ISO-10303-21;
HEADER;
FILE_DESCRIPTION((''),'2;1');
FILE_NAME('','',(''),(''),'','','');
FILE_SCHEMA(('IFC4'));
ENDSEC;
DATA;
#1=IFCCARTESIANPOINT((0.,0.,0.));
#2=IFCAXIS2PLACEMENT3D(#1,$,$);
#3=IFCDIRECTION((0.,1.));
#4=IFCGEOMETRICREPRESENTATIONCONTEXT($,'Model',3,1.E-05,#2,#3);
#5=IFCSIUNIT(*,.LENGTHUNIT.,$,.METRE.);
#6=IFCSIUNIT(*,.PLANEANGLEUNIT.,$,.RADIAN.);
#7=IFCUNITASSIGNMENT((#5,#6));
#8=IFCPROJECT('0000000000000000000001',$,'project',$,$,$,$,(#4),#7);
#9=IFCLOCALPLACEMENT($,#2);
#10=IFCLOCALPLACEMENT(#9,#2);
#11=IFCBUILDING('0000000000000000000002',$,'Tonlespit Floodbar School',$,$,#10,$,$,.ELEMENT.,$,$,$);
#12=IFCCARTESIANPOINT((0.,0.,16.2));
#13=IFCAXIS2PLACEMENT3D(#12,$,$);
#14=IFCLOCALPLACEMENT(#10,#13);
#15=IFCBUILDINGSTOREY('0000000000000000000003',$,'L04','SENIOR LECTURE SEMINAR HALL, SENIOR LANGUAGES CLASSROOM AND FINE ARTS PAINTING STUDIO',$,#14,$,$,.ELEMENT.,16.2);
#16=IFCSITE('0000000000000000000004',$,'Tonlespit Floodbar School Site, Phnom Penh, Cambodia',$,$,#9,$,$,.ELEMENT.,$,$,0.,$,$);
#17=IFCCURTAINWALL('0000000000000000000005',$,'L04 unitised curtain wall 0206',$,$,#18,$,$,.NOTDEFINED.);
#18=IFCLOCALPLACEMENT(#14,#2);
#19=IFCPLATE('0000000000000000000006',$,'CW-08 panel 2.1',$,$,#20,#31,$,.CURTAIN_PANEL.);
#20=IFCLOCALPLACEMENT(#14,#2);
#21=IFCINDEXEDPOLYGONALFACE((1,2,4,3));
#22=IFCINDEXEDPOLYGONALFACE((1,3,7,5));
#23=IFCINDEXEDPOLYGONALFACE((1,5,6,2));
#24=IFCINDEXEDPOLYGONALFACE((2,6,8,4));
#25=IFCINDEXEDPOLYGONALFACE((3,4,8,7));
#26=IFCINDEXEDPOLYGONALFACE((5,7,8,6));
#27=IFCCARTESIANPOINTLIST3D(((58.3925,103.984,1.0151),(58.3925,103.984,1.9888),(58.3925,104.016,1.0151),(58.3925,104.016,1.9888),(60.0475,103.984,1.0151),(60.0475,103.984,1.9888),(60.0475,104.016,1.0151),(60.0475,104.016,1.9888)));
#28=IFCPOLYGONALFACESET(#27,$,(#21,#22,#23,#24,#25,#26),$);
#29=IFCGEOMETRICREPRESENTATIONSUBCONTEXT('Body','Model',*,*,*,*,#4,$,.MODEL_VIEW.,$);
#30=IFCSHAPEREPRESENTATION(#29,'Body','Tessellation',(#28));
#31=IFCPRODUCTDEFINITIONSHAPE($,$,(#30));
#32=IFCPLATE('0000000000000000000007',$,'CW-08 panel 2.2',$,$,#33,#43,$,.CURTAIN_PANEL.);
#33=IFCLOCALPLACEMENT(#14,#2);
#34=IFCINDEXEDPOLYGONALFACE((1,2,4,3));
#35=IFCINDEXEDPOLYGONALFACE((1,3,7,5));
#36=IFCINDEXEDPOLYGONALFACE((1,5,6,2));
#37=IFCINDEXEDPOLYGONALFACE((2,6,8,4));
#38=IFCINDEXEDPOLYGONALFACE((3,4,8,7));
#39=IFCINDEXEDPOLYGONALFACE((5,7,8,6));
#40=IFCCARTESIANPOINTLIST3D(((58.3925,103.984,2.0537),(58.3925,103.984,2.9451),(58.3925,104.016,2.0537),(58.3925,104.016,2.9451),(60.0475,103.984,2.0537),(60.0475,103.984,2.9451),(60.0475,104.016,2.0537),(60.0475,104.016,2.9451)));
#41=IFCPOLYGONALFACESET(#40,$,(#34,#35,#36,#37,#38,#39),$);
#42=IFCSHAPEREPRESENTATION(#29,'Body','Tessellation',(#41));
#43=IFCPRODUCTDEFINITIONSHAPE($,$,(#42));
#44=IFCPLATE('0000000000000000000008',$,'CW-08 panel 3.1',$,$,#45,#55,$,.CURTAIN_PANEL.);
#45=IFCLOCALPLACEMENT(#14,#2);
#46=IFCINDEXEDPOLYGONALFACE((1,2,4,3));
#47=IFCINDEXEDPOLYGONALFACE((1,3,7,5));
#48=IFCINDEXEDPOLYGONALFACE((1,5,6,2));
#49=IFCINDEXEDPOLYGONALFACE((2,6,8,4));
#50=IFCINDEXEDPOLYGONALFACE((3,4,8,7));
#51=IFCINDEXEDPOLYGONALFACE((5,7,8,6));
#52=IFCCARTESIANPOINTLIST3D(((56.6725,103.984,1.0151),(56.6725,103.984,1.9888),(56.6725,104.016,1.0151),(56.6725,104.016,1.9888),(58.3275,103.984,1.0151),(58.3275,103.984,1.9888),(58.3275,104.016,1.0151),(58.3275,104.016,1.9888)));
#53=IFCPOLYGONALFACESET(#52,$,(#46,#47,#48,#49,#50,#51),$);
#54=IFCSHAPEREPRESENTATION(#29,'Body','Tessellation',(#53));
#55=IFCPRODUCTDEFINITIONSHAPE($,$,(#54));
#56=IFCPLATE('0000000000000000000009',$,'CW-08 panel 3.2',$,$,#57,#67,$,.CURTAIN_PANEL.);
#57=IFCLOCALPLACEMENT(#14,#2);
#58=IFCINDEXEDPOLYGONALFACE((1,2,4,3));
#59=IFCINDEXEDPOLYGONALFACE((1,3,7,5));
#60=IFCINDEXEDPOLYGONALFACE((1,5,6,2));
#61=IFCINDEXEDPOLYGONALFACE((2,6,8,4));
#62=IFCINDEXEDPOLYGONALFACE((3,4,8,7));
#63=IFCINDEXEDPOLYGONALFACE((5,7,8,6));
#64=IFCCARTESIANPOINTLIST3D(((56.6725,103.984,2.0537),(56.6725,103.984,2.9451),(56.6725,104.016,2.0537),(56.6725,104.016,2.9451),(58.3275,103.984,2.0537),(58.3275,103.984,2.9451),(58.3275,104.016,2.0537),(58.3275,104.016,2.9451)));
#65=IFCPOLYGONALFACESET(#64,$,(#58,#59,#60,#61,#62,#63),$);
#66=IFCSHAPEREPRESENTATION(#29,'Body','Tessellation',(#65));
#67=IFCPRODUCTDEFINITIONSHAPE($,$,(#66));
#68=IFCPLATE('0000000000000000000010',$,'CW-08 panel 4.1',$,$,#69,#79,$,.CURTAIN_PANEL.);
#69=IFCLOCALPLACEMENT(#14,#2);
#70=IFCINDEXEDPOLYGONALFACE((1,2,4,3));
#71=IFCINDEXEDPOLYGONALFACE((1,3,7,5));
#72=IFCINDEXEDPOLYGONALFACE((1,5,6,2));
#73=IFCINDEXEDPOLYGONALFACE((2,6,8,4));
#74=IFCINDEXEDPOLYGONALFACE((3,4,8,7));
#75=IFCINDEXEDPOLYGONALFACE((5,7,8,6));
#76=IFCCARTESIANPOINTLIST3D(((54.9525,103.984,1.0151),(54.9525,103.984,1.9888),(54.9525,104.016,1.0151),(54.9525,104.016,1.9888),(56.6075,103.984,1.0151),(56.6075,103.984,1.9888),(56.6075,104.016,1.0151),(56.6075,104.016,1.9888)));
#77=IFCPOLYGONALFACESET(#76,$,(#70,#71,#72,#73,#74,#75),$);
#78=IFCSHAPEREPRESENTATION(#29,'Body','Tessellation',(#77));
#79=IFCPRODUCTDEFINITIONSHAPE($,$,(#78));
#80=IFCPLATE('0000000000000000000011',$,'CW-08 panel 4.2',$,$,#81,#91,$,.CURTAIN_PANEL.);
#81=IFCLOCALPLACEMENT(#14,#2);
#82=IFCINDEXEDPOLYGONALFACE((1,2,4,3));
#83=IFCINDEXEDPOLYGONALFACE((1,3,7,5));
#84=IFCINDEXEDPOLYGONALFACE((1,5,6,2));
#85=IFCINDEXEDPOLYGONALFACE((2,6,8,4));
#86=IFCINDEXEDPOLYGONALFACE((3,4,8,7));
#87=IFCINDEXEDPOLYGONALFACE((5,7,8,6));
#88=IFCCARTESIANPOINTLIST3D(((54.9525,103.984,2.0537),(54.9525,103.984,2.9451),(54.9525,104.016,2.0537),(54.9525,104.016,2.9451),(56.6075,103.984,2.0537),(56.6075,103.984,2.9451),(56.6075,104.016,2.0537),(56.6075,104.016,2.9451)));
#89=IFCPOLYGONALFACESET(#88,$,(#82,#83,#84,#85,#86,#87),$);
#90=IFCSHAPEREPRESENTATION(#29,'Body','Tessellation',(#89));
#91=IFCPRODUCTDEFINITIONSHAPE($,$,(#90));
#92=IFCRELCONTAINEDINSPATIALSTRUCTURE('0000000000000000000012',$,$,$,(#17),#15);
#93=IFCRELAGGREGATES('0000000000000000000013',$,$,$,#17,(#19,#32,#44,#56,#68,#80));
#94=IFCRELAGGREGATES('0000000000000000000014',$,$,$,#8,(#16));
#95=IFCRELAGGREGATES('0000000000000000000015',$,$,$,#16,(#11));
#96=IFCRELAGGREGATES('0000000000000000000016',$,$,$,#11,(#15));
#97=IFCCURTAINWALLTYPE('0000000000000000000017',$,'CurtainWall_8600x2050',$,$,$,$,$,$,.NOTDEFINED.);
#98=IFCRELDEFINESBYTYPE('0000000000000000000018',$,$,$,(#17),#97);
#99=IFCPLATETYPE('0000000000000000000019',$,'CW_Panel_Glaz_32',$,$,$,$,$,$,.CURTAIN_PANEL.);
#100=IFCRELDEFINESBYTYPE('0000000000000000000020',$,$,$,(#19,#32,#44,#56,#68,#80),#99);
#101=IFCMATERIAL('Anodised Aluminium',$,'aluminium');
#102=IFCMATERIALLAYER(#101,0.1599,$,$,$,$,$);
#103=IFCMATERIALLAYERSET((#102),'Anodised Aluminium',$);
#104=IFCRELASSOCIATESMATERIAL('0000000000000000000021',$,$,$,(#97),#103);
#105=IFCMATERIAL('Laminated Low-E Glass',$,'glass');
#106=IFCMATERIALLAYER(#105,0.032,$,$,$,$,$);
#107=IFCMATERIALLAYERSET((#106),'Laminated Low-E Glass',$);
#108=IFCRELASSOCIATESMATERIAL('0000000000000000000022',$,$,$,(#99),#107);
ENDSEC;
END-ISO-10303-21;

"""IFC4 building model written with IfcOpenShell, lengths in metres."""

from ifc_helpers import new_model, si_unit, direction, frame, origin, origin_2d, place, context, subcontext, project, spatial, rectangle, extrude, material, layer, layer_set, type_object, element, aggregate, save


model = new_model("IFC4")

# Units and contexts
model_context = context("Model", 3, precision=1e-05, world=origin(), true_north=direction((0.0, 1.0)))
body_context = subcontext(model_context, "Body", "Model", "MODEL_VIEW")
ifc_project = project(units=[si_unit("LENGTHUNIT", "METRE"), si_unit("PLANEANGLEUNIT", "RADIAN")], contexts=[model_context])

# Site, building, storey
site_placement = place(None, origin())
site = spatial("IfcSite", under=ifc_project, at=site_placement, Name="Tonlespit Floodbar School Site, Phnom Penh, Cambodia", CompositionType="ELEMENT", RefElevation=0.0)
building_placement = place(site_placement, origin())
building = spatial("IfcBuilding", under=site, at=building_placement, Name="Tonlespit Floodbar School", CompositionType="ELEMENT")
storey_placement = place(building_placement, frame((0.0, 0.0, 16.2)))
storey = spatial("IfcBuildingStorey", under=building, at=storey_placement, Name="L04", Description="SENIOR LECTURE SEMINAR HALL, SENIOR LANGUAGES CLASSROOM AND FINE ARTS PAINTING STUDIO", CompositionType="ELEMENT", Elevation=16.2)

# Curtain wall, plates
ifc_material_1 = material(Name="Anodised Aluminium", Category="aluminium")
ifc_layer_1 = layer(ifc_material_1, 0.1599)
ifc_layer_set_1 = layer_set([ifc_layer_1], Name="Anodised Aluminium")
curtain_wall_type = type_object("IfcCurtainWallType", Name="CurtainWall_8600x2050", PredefinedType="NOTDEFINED", material=ifc_layer_set_1)
curtain_wall_placement = place(storey_placement, origin())
curtain_wall = element("IfcCurtainWall", 1, at=curtain_wall_placement, inside=storey, type_object=curtain_wall_type, Name="L04 unitised curtain wall 0206", PredefinedType="NOTDEFINED")
ifc_material_2 = material(Name="Laminated Low-E Glass", Category="glass")
ifc_layer_2 = layer(ifc_material_2, 0.032)
ifc_layer_set_2 = layer_set([ifc_layer_2], Name="Laminated Low-E Glass")
plate_type = type_object("IfcPlateType", Name="CW_Panel_Glaz_32", PredefinedType="CURTAIN_PANEL", material=ifc_layer_set_2)
plate_1_placement = place(storey_placement, frame((59.22, 104.0, 1.0151), z_axis=(0.0, 0.0, 1.0), x_axis=(-1.0, 0.0, 0.0)))
plate_1 = element("IfcPlate", 2, at=plate_1_placement, type_object=plate_type, Name="CW-08 panel 2.1", PredefinedType="CURTAIN_PANEL", context=body_context, shape_type="SweptSolid", body=[
    extrude(rectangle(XDim=1.655, YDim=0.032, at=origin_2d()), origin(), (0.0, 0.0, 1.0), 0.9736),
])
plate_2_placement = place(storey_placement, frame((59.22, 104.0, 2.0537), z_axis=(0.0, 0.0, 1.0), x_axis=(-1.0, 0.0, 0.0)))
plate_2 = element("IfcPlate", 3, at=plate_2_placement, type_object=plate_type, Name="CW-08 panel 2.2", PredefinedType="CURTAIN_PANEL", context=body_context, shape_type="SweptSolid", body=[
    extrude(rectangle(XDim=1.655, YDim=0.032, at=origin_2d()), origin(), (0.0, 0.0, 1.0), 0.8914),
])
plate_3_placement = place(storey_placement, frame((57.5, 104.0, 1.0151), z_axis=(0.0, 0.0, 1.0), x_axis=(-1.0, 0.0, 0.0)))
plate_3 = element("IfcPlate", 4, at=plate_3_placement, type_object=plate_type, Name="CW-08 panel 3.1", PredefinedType="CURTAIN_PANEL", context=body_context, shape_type="SweptSolid", body=[
    extrude(rectangle(XDim=1.655, YDim=0.032, at=origin_2d()), origin(), (0.0, 0.0, 1.0), 0.9736),
])
plate_4_placement = place(storey_placement, frame((57.5, 104.0, 2.0537), z_axis=(0.0, 0.0, 1.0), x_axis=(-1.0, 0.0, 0.0)))
plate_4 = element("IfcPlate", 5, at=plate_4_placement, type_object=plate_type, Name="CW-08 panel 3.2", PredefinedType="CURTAIN_PANEL", context=body_context, shape_type="SweptSolid", body=[
    extrude(rectangle(XDim=1.655, YDim=0.032, at=origin_2d()), origin(), (0.0, 0.0, 1.0), 0.8914),
])
plate_5_placement = place(storey_placement, frame((55.78, 104.0, 1.0151), z_axis=(0.0, 0.0, 1.0), x_axis=(-1.0, 0.0, 0.0)))
plate_5 = element("IfcPlate", 6, at=plate_5_placement, type_object=plate_type, Name="CW-08 panel 4.1", PredefinedType="CURTAIN_PANEL", context=body_context, shape_type="SweptSolid", body=[
    extrude(rectangle(XDim=1.655, YDim=0.032, at=origin_2d()), origin(), (0.0, 0.0, 1.0), 0.9736),
])
plate_6_placement = place(storey_placement, frame((55.78, 104.0, 2.0537), z_axis=(0.0, 0.0, 1.0), x_axis=(-1.0, 0.0, 0.0)))
plate_6 = element("IfcPlate", 7, at=plate_6_placement, type_object=plate_type, Name="CW-08 panel 4.2", PredefinedType="CURTAIN_PANEL", context=body_context, shape_type="SweptSolid", body=[
    extrude(rectangle(XDim=1.655, YDim=0.032, at=origin_2d()), origin(), (0.0, 0.0, 1.0), 0.8914),
])
aggregate(curtain_wall, [plate_1, plate_2, plate_3, plate_4, plate_5, plate_6])

save(model, "model.ifc")
